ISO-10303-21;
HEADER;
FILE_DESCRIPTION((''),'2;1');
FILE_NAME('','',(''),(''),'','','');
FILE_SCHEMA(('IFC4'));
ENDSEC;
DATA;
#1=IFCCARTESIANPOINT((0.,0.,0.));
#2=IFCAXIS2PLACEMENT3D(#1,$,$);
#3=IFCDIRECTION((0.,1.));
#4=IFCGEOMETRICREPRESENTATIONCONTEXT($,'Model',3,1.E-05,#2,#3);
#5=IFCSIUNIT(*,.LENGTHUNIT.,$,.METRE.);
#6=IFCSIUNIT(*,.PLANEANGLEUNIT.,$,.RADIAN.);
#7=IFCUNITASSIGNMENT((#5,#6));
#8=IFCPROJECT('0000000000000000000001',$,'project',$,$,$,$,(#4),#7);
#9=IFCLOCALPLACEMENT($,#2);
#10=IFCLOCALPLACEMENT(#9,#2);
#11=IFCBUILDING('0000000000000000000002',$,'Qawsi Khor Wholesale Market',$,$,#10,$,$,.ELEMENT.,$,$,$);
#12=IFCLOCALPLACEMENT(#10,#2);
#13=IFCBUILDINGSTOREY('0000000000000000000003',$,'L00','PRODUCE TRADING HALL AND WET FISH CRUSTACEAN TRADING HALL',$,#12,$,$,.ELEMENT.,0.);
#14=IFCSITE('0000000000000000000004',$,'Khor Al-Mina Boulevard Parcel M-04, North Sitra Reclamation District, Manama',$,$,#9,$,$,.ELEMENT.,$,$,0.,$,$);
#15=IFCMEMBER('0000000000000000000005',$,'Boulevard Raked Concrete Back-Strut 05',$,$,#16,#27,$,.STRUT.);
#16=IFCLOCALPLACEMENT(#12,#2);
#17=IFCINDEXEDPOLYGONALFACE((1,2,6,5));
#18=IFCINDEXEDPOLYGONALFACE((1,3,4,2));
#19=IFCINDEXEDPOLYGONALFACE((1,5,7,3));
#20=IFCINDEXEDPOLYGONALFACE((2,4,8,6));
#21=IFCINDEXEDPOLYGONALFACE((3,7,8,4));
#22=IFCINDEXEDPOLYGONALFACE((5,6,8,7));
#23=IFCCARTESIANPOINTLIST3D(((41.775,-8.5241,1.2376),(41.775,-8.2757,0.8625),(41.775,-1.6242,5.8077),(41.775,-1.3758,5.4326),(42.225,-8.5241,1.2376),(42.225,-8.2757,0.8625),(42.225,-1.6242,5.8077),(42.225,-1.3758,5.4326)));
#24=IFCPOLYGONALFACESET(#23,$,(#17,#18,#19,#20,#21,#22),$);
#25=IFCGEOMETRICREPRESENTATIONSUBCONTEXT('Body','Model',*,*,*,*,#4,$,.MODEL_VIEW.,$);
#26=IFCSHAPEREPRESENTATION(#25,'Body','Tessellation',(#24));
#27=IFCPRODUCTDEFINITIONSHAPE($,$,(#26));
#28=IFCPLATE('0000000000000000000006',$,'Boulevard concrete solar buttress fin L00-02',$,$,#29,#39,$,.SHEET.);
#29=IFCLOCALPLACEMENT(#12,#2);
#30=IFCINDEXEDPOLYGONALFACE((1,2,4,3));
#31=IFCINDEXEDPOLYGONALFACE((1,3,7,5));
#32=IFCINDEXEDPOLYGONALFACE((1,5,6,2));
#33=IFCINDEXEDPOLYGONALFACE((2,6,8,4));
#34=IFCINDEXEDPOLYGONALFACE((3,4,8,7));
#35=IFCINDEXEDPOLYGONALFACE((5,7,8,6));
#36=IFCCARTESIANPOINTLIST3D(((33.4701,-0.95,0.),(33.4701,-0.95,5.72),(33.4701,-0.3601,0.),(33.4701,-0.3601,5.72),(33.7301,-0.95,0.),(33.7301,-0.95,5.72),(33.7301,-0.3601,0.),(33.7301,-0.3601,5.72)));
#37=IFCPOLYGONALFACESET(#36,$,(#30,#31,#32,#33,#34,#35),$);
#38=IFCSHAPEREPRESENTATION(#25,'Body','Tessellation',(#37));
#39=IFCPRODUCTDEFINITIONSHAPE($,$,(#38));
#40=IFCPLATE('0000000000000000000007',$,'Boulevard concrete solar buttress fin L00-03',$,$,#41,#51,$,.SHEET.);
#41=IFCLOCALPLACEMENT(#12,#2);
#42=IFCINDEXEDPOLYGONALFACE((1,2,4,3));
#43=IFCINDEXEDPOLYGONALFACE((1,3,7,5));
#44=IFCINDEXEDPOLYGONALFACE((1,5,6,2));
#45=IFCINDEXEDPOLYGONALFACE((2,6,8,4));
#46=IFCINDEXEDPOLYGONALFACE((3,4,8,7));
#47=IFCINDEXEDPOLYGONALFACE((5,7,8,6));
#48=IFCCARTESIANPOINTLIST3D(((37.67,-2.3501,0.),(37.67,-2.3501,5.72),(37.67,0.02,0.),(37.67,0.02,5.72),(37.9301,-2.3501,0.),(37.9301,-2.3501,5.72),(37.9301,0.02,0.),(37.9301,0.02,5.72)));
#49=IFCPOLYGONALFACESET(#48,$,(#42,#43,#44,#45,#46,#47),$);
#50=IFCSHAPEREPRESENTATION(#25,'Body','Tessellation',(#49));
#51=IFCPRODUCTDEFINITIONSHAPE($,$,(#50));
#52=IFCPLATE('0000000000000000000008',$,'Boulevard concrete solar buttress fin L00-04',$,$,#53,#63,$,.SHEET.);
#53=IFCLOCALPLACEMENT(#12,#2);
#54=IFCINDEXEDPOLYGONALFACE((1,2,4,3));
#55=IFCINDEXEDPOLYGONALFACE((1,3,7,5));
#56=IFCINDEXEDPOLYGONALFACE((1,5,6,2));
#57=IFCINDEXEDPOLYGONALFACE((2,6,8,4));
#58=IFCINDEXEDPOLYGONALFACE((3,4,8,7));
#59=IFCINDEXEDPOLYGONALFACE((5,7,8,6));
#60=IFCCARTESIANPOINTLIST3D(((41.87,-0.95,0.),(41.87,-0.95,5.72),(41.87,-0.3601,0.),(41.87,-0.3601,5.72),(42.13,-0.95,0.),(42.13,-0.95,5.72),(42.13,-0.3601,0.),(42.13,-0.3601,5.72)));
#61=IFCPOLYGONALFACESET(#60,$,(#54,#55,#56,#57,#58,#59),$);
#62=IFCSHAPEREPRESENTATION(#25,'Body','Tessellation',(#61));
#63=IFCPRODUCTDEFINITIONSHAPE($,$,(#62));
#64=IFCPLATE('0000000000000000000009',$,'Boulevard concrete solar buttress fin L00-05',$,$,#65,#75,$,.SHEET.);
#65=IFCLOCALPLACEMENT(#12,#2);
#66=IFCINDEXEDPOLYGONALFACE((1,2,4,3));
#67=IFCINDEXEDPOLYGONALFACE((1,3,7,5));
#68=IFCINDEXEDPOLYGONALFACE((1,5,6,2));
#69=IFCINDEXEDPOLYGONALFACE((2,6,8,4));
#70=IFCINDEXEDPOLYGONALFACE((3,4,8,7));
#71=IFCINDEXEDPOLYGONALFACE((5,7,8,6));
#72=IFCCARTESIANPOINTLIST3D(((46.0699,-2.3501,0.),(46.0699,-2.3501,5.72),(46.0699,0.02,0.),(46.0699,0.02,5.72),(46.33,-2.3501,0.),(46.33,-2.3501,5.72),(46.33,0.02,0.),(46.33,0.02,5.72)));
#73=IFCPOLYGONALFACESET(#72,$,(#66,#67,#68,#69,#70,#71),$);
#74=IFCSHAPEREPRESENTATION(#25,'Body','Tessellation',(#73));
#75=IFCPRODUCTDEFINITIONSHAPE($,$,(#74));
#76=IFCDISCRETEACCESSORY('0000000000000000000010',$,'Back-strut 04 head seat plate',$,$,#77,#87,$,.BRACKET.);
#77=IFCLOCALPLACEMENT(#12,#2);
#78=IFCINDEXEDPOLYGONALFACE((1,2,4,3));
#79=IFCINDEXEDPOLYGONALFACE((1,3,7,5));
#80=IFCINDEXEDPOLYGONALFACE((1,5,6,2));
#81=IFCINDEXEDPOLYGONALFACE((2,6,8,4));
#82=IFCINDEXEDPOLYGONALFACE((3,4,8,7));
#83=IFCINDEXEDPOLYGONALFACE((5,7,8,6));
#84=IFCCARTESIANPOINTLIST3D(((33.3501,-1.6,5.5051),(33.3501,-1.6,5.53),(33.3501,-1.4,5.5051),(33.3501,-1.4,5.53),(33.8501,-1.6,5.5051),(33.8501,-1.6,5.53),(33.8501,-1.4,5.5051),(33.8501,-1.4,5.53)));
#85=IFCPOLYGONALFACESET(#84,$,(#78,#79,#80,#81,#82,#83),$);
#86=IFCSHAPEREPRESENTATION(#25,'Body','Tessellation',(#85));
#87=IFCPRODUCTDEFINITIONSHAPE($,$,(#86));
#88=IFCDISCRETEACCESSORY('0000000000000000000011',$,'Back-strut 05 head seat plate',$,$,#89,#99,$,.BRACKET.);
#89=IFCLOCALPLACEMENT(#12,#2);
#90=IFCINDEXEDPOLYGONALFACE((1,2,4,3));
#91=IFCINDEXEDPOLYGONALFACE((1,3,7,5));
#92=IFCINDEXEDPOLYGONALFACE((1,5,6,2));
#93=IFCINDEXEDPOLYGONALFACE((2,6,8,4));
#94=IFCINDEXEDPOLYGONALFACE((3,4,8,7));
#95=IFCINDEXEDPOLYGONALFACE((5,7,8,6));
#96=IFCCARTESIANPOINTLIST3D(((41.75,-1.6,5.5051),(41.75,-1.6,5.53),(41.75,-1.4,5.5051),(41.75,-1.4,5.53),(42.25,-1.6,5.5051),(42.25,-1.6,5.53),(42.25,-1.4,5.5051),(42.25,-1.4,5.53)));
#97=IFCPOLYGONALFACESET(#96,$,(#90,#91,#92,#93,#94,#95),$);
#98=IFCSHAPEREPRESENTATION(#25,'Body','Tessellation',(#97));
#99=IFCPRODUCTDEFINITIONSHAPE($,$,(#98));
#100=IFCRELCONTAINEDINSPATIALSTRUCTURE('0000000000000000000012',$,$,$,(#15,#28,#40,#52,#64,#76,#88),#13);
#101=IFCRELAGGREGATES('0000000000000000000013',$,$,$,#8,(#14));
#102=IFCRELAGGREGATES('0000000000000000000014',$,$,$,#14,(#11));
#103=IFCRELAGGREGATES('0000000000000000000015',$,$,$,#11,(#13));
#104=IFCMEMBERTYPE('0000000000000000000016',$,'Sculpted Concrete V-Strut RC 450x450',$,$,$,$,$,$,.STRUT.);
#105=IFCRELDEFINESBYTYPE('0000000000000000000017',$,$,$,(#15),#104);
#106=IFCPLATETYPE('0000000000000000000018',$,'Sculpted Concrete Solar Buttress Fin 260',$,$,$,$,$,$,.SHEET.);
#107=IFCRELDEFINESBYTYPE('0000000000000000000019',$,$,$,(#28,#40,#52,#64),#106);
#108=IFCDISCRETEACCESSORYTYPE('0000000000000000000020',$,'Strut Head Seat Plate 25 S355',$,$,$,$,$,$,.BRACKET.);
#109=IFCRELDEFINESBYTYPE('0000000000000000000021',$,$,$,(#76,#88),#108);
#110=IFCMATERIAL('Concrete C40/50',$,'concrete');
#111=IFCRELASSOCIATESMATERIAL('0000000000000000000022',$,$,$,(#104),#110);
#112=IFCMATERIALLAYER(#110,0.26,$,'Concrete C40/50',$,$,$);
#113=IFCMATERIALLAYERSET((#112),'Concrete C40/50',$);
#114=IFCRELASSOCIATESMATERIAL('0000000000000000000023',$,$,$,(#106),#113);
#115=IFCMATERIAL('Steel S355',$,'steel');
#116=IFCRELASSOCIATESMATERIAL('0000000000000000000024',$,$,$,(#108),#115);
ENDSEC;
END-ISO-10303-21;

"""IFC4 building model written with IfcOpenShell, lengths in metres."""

from ifc_helpers import new_model, si_unit, direction, frame, frame_2d, origin, origin_2d, place, context, subcontext, project, spatial, rectangle, extrude, material, layer, layer_set, material_profile, profile_set, type_object, element, save


model = new_model("IFC4")

# Units and contexts
model_context = context("Model", 3, precision=1e-05, world=origin(), true_north=direction((0.0, 1.0)))
body_context = subcontext(model_context, "Body", "Model", "MODEL_VIEW")
ifc_project = project(units=[si_unit("LENGTHUNIT", "METRE"), si_unit("PLANEANGLEUNIT", "RADIAN")], contexts=[model_context])

# Site, building, storey
site_placement = place(None, origin())
site = spatial("IfcSite", under=ifc_project, at=site_placement, Name="Khor Al-Mina Boulevard Parcel M-04, North Sitra Reclamation District, Manama", CompositionType="ELEMENT", RefElevation=0.0)
building_placement = place(site_placement, origin())
building = spatial("IfcBuilding", under=site, at=building_placement, Name="Qawsi Khor Wholesale Market", CompositionType="ELEMENT")
storey_placement = place(building_placement, origin())
storey = spatial("IfcBuildingStorey", under=building, at=storey_placement, Name="L00", Description="PRODUCE TRADING HALL AND WET FISH CRUSTACEAN TRADING HALL", CompositionType="ELEMENT", Elevation=0.0)

# Shared definitions
ifc_material_1 = material(Name="Concrete C40/50", Category="concrete")

# Member
ifc_material_profile_1 = material_profile(ifc_material_1, rectangle(XDim=0.45, YDim=0.45, at=origin_2d()), Name="RC 450x450")
ifc_profile_set_1 = profile_set([ifc_material_profile_1], Name="Concrete C40/50")
member_type = type_object("IfcMemberType", Name="Sculpted Concrete V-Strut RC 450x450", PredefinedType="STRUT", material=ifc_profile_set_1)
member_1_placement = place(storey_placement, frame((42.0, -8.3999, 1.05), z_axis=(0.0, 0.833712, 0.552199), x_axis=(-1.0, 0.0, 0.0)))
element("IfcMember", 1, at=member_1_placement, inside=storey, type_object=member_type, Name="Boulevard Raked Concrete Back-Strut 05", PredefinedType="STRUT", context=body_context, shape_type="SweptSolid", body=[
    extrude(rectangle(XDim=0.45, YDim=0.45, at=origin_2d()), origin(), (0.0, 0.0, 1.0), 8.2761),
])

# Plates
ifc_layer_1 = layer(ifc_material_1, 0.26, Name="Concrete C40/50")
ifc_layer_set_1 = layer_set([ifc_layer_1], Name="Concrete C40/50")
plate_type = type_object("IfcPlateType", Name="Sculpted Concrete Solar Buttress Fin 260", PredefinedType="SHEET", material=ifc_layer_set_1)
plate_1_placement = place(storey_placement, frame((33.6001, -0.95, 0.0), z_axis=(0.0, 0.0, 1.0), x_axis=(0.0, 1.0, 0.0)))
element("IfcPlate", 2, at=plate_1_placement, inside=storey, type_object=plate_type, Name="Boulevard concrete solar buttress fin L00-02", PredefinedType="SHEET", context=body_context, shape_type="SweptSolid", body=[
    extrude(rectangle(XDim=0.5898, YDim=0.26, at=frame_2d((0.2949, 0.0))), origin(), (0.0, 0.0, 1.0), 5.72),
])
plate_2_placement = place(storey_placement, frame((37.8, -2.3501, 0.0), z_axis=(0.0, 0.0, 1.0), x_axis=(0.0, 1.0, 0.0)))
element("IfcPlate", 3, at=plate_2_placement, inside=storey, type_object=plate_type, Name="Boulevard concrete solar buttress fin L00-03", PredefinedType="SHEET", context=body_context, shape_type="SweptSolid", body=[
    extrude(rectangle(XDim=2.3701, YDim=0.26, at=frame_2d((1.1851, 0.0))), origin(), (0.0, 0.0, 1.0), 5.72),
])
plate_3_placement = place(storey_placement, frame((42.0, -0.95, 0.0), z_axis=(0.0, 0.0, 1.0), x_axis=(0.0, 1.0, 0.0)))
element("IfcPlate", 4, at=plate_3_placement, inside=storey, type_object=plate_type, Name="Boulevard concrete solar buttress fin L00-04", PredefinedType="SHEET", context=body_context, shape_type="SweptSolid", body=[
    extrude(rectangle(XDim=0.5898, YDim=0.26, at=frame_2d((0.2949, 0.0))), origin(), (0.0, 0.0, 1.0), 5.72),
])
plate_4_placement = place(storey_placement, frame((46.2, -2.3501, 0.0), z_axis=(0.0, 0.0, 1.0), x_axis=(0.0, 1.0, 0.0)))
element("IfcPlate", 5, at=plate_4_placement, inside=storey, type_object=plate_type, Name="Boulevard concrete solar buttress fin L00-05", PredefinedType="SHEET", context=body_context, shape_type="SweptSolid", body=[
    extrude(rectangle(XDim=2.3701, YDim=0.26, at=frame_2d((1.1851, 0.0))), origin(), (0.0, 0.0, 1.0), 5.72),
])

# Discrete accessories
ifc_material_2 = material(Name="Steel S355", Category="steel")
discrete_accessory_type = type_object("IfcDiscreteAccessoryType", Name="Strut Head Seat Plate 25 S355", PredefinedType="BRACKET", material=ifc_material_2)
for number, where, z_axis, x_axis, name in (
    (6, (33.6001, -1.5, 5.5051), (0.0, 0.0, 1.0), (1.0, 0.0, 0.0), "Back-strut 04 head seat plate"),
    (7, (42.0, -1.5, 5.5051), (0.0, 0.0, 1.0), (1.0, 0.0, 0.0), "Back-strut 05 head seat plate"),
):
    element("IfcDiscreteAccessory", number, at=place(storey_placement, frame(where, z_axis=z_axis, x_axis=x_axis)), inside=storey, type_object=discrete_accessory_type, Name=name, PredefinedType="BRACKET", context=body_context, shape_type="SweptSolid", body=[
        extrude(rectangle(XDim=0.5, YDim=0.2, at=origin_2d()), origin(), (0.0, 0.0, 1.0), 0.0249),
    ])

save(model, "model.ifc")
